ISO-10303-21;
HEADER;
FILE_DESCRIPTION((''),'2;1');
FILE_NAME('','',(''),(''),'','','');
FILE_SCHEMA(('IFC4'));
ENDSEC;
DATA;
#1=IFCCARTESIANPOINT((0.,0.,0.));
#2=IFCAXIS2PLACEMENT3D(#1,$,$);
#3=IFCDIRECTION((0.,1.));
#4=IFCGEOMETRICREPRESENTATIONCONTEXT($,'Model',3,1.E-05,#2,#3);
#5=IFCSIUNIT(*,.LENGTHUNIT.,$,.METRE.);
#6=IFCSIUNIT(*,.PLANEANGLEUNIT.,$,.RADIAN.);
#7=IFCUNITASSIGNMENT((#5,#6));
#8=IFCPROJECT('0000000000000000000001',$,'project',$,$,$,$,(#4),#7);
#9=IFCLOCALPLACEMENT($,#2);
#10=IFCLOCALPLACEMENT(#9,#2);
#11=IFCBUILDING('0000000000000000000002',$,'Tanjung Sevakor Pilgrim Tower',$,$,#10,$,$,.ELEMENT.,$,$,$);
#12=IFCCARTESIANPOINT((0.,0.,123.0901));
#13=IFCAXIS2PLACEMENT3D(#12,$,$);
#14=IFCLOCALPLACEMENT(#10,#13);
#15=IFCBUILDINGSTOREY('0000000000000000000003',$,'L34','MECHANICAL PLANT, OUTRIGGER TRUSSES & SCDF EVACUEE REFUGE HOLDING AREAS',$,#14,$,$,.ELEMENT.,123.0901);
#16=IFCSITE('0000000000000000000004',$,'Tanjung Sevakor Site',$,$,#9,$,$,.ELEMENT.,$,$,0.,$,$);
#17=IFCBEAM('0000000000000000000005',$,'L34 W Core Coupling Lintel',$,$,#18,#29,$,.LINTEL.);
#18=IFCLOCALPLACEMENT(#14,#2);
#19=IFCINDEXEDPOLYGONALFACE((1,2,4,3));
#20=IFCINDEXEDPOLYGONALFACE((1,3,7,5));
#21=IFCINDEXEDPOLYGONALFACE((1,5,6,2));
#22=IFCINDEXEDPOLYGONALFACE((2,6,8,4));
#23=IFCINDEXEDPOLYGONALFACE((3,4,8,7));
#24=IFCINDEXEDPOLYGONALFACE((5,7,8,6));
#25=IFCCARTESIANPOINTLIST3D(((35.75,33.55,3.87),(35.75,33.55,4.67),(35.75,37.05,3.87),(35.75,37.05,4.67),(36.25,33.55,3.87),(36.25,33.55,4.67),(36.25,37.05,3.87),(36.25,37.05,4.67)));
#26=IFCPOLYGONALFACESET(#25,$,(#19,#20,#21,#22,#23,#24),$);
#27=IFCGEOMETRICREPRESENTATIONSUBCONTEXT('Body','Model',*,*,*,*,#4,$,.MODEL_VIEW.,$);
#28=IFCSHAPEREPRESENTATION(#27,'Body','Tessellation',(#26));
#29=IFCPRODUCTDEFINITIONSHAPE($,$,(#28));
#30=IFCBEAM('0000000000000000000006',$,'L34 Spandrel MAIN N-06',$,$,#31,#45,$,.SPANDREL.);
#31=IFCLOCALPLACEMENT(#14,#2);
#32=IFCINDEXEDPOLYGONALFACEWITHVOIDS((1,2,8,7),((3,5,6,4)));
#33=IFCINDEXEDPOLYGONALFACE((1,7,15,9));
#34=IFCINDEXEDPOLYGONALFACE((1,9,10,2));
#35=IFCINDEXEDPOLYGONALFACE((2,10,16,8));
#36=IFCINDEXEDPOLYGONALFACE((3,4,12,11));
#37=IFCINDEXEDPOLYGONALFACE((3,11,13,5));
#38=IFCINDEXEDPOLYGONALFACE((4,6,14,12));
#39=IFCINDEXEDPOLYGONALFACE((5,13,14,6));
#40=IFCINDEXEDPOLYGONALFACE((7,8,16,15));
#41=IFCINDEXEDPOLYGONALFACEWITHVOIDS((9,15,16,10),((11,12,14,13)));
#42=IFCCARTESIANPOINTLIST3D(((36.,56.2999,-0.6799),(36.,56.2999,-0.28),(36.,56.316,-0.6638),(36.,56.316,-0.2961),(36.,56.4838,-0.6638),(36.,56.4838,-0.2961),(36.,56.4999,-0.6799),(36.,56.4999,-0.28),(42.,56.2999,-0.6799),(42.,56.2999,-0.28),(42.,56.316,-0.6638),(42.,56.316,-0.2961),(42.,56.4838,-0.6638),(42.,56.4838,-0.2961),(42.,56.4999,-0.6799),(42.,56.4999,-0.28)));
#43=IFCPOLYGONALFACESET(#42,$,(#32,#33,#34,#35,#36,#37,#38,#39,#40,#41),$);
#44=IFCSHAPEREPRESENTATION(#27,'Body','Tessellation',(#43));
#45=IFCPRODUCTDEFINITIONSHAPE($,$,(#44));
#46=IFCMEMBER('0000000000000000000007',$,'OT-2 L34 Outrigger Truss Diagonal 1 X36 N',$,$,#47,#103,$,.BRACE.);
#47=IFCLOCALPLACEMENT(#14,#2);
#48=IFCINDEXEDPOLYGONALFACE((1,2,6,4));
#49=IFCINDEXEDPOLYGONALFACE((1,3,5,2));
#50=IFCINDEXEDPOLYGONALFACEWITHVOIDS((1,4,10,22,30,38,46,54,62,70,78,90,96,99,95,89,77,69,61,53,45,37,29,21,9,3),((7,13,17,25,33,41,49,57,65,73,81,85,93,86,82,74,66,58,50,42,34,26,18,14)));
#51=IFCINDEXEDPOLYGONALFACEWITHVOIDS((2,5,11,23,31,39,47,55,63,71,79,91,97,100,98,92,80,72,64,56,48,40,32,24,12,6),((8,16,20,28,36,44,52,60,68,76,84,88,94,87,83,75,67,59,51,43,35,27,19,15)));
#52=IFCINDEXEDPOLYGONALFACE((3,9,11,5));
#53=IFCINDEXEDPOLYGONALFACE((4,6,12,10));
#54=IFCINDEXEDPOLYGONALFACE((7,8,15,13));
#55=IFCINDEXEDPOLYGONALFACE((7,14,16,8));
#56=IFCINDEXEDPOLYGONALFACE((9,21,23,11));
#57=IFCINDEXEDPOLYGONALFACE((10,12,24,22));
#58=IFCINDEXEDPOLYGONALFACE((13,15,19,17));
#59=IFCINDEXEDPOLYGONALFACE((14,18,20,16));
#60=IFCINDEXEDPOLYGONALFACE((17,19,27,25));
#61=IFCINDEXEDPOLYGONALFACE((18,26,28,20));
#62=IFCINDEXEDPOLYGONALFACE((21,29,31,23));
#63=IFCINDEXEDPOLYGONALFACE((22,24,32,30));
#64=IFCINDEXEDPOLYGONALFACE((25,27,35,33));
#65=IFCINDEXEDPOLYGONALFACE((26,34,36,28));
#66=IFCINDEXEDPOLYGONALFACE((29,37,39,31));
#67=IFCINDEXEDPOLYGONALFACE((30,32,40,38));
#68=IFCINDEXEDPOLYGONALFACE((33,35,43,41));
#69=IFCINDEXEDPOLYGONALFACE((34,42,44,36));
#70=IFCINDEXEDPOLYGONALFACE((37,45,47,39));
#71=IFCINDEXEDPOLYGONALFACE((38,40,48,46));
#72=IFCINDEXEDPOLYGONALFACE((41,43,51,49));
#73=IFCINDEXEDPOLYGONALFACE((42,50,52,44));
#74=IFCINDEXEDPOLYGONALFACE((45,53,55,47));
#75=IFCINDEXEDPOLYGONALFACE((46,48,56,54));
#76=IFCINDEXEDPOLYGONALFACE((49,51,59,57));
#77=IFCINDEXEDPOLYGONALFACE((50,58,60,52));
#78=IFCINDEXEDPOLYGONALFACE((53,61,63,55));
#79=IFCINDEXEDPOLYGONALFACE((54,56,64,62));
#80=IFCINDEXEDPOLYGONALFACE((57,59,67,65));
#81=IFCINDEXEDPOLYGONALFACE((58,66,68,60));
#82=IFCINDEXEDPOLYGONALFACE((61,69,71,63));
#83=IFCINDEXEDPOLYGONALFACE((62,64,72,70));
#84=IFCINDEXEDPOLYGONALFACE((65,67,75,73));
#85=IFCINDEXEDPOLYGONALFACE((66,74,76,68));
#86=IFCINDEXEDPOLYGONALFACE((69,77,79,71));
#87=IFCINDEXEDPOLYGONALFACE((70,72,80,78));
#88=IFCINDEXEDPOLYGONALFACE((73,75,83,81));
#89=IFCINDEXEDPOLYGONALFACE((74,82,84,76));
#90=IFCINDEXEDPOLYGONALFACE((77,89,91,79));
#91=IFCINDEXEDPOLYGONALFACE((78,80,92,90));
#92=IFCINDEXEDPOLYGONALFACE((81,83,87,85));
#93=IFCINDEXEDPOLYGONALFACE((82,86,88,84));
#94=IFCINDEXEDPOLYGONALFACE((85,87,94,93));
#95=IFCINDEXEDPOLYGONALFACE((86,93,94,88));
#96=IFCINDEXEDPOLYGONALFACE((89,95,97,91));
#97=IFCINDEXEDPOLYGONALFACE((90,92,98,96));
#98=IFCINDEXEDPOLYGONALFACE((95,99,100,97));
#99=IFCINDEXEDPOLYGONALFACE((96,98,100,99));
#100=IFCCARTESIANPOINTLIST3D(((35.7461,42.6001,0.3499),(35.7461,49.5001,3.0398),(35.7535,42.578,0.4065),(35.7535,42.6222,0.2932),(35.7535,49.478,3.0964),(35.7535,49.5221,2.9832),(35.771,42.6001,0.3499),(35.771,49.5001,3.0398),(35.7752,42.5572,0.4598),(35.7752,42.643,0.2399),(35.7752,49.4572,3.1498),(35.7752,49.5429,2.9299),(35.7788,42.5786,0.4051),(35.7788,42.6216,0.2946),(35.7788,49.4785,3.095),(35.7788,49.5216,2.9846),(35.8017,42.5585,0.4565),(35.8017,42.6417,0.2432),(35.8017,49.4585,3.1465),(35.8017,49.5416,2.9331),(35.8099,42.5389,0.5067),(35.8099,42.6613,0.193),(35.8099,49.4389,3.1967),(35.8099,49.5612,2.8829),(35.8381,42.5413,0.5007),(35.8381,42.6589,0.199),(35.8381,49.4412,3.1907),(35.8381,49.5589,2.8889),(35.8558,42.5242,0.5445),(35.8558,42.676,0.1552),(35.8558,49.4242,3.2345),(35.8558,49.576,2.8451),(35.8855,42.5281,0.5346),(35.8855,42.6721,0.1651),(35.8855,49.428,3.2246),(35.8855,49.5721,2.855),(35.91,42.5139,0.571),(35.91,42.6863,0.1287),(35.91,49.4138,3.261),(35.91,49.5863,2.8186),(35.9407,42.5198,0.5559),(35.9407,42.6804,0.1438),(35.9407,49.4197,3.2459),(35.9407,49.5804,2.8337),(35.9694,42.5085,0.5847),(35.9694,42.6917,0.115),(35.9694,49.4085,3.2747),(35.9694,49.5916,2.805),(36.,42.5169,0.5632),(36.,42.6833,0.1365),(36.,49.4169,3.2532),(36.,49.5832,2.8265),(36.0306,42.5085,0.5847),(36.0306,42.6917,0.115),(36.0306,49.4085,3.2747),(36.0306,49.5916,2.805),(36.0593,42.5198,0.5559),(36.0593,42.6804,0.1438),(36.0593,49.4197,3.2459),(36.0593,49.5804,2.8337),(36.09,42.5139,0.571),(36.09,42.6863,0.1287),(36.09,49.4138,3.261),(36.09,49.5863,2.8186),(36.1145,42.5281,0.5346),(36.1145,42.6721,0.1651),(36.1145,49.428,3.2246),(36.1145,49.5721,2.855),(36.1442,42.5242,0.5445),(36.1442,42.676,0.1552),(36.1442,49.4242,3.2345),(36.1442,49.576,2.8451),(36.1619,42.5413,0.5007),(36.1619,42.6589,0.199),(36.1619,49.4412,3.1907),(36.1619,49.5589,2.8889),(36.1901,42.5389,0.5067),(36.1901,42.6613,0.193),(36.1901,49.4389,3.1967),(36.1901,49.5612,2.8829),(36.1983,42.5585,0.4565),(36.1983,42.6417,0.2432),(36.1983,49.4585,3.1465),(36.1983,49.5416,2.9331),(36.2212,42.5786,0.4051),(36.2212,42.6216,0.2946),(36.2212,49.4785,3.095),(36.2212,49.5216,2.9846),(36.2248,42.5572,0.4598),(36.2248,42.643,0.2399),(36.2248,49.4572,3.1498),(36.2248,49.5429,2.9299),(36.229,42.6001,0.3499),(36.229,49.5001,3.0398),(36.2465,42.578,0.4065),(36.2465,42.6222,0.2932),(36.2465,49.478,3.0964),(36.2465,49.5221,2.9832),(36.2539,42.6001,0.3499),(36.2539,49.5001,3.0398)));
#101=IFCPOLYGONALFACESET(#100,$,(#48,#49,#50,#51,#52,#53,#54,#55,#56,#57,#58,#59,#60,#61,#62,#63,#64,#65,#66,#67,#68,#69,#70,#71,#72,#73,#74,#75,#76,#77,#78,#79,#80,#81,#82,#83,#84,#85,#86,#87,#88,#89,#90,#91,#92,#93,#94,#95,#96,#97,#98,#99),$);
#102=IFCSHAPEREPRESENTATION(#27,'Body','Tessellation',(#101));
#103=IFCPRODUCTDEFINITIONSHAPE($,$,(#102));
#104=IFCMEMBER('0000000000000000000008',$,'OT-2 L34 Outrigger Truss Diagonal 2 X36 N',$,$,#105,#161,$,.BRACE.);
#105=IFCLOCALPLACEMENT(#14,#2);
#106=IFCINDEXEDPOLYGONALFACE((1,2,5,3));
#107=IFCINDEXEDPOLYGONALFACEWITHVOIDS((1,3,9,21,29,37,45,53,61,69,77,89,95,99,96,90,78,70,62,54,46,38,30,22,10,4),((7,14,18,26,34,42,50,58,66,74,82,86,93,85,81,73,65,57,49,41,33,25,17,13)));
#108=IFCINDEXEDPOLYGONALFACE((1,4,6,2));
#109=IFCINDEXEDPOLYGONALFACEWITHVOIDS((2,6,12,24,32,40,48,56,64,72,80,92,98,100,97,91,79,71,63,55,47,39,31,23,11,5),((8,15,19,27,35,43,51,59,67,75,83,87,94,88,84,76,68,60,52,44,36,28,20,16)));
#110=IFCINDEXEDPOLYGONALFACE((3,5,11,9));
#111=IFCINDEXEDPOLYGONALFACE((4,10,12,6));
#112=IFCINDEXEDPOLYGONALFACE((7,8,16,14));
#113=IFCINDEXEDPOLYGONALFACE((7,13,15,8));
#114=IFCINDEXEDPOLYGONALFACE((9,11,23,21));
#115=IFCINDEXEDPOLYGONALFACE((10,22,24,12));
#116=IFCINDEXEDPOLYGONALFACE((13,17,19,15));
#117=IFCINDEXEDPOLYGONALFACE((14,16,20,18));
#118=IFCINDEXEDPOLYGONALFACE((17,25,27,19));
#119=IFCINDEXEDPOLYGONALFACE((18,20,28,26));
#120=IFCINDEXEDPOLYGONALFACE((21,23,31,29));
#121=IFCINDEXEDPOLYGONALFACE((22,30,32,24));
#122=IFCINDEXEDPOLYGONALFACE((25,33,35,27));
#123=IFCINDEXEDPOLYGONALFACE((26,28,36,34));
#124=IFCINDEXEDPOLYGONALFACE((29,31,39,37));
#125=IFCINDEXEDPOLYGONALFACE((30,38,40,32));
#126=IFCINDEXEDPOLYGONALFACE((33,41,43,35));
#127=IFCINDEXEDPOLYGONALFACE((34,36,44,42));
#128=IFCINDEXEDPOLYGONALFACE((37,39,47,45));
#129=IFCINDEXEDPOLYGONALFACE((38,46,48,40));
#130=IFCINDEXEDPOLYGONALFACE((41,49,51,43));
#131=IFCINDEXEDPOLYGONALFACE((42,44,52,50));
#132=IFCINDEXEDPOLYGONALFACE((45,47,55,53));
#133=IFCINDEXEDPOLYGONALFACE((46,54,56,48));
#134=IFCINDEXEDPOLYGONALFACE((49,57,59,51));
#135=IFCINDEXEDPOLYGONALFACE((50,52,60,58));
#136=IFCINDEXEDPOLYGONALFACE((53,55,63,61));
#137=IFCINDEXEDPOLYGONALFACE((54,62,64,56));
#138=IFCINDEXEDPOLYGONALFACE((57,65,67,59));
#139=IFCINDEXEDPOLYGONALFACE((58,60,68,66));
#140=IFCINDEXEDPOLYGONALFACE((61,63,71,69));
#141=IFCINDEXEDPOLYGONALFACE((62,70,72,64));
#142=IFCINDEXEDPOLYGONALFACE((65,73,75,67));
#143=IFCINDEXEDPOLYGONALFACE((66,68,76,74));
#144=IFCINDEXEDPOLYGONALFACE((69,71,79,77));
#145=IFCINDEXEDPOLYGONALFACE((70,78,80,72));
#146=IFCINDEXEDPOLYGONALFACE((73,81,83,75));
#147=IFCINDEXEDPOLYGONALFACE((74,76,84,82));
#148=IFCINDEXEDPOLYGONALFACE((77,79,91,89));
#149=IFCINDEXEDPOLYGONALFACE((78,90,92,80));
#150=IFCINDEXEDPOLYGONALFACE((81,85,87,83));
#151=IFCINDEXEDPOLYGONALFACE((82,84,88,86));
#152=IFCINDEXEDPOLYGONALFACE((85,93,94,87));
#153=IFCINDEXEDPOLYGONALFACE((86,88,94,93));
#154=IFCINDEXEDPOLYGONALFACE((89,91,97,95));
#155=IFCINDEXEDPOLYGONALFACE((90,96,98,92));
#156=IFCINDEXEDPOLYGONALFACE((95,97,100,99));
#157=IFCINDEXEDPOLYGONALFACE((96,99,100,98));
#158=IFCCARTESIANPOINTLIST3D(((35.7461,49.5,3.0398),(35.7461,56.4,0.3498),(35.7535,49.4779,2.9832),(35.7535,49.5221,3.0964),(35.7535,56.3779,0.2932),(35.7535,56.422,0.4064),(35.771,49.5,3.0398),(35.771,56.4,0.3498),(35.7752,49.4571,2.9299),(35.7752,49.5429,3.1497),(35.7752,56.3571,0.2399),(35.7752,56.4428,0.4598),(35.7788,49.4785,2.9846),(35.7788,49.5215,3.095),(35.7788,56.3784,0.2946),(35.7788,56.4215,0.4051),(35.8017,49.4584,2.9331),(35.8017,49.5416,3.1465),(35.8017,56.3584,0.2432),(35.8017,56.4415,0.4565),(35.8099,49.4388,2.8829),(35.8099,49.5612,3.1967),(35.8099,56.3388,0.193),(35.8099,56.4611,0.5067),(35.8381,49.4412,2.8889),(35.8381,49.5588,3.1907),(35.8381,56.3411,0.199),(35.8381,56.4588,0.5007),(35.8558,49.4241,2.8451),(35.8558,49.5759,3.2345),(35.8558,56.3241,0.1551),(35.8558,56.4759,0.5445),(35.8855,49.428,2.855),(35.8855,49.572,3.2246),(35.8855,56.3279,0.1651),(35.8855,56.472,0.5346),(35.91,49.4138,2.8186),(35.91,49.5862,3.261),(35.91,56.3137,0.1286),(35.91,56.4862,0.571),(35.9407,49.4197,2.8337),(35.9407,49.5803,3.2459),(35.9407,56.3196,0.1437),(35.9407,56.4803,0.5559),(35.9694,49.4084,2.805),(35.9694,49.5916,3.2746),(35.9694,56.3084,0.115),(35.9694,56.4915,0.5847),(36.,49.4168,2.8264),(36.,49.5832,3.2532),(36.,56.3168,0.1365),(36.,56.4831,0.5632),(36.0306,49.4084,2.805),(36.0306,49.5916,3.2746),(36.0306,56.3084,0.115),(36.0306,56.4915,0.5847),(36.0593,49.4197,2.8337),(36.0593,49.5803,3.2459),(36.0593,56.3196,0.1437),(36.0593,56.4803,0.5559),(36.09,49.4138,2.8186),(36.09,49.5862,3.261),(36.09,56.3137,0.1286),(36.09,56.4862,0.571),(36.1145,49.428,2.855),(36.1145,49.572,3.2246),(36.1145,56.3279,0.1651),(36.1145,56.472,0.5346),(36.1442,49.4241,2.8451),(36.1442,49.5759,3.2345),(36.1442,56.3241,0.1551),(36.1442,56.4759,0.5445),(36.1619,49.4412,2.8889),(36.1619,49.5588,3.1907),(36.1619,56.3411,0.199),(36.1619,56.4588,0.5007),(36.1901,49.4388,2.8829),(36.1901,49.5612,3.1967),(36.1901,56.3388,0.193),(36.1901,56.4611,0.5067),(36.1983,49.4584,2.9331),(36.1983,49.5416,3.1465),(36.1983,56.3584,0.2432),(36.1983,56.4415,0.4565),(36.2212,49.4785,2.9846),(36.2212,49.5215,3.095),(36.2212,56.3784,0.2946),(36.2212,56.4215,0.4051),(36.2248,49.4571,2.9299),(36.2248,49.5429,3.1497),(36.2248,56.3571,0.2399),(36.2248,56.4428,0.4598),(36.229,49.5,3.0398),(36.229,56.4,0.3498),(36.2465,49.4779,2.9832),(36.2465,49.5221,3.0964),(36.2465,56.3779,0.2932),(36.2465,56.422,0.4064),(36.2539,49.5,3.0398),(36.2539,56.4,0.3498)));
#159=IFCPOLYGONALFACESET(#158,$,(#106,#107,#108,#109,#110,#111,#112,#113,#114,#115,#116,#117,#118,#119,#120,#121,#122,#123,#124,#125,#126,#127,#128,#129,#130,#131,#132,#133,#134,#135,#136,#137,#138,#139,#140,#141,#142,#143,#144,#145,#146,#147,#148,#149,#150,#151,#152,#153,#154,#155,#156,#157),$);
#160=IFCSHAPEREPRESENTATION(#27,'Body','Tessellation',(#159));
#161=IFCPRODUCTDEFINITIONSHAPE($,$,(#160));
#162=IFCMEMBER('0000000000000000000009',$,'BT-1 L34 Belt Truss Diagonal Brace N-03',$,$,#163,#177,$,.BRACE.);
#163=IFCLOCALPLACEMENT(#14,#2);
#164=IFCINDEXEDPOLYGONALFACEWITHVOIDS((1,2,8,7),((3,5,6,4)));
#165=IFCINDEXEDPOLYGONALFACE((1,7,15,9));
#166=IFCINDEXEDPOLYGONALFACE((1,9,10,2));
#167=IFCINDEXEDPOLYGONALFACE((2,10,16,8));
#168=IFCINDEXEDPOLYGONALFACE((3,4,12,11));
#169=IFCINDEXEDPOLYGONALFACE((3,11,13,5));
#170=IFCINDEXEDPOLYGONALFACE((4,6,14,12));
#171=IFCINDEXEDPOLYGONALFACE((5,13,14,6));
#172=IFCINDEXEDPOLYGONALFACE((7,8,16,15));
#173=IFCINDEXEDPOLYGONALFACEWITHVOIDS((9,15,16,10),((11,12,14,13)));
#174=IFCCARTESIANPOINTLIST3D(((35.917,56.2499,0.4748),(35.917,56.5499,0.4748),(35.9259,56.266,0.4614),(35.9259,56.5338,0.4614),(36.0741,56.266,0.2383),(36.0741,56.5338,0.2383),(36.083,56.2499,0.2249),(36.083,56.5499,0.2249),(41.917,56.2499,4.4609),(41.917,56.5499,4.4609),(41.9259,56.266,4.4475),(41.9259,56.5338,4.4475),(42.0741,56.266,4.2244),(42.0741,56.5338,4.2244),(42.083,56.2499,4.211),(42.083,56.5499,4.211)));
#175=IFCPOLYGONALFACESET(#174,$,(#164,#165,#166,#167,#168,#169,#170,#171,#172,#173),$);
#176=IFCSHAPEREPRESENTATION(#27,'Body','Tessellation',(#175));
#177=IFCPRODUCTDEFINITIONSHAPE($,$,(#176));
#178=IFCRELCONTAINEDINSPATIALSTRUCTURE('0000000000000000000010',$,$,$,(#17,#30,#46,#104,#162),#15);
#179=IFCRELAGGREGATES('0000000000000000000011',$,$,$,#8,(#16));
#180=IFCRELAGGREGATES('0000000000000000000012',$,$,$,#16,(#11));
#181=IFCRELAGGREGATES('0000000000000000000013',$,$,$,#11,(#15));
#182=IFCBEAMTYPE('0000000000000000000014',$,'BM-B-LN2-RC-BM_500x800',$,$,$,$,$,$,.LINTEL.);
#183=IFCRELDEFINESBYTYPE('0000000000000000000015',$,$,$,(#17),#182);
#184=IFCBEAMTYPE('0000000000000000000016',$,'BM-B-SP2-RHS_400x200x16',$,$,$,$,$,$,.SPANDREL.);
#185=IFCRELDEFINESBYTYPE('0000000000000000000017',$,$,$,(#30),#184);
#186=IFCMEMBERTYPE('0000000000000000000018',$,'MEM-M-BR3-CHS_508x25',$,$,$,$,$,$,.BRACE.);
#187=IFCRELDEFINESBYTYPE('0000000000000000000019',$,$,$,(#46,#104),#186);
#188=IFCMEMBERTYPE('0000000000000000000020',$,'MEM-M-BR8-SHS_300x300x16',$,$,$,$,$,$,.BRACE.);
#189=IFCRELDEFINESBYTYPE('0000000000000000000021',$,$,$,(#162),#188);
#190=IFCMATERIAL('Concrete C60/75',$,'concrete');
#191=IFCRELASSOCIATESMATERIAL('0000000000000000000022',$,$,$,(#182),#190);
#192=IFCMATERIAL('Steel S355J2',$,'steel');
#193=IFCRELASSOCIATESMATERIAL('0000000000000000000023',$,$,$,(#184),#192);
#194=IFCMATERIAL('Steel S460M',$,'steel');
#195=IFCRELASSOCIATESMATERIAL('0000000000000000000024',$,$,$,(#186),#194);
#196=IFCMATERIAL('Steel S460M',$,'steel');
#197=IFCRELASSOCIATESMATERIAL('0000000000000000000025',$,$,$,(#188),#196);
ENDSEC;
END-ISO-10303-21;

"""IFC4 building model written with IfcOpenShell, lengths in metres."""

from ifc_helpers import new_model, si_unit, direction, frame, origin, origin_2d, place, context, subcontext, project, spatial, rectangle, hollow_rectangle, hollow_circle, extrude, material, material_profile, profile_set, type_object, element, save


model = new_model("IFC4")

# Units and contexts
model_context = context("Model", 3, precision=1e-05, world=origin(), true_north=direction((0.0, 1.0)))
body_context = subcontext(model_context, "Body", "Model", "MODEL_VIEW")
ifc_project = project(units=[si_unit("LENGTHUNIT", "METRE"), si_unit("PLANEANGLEUNIT", "RADIAN")], contexts=[model_context])

# Site, building, storey
site_placement = place(None, origin())
site = spatial("IfcSite", under=ifc_project, at=site_placement, Name="Tanjung Sevakor Site", CompositionType="ELEMENT", RefElevation=0.0)
building_placement = place(site_placement, origin())
building = spatial("IfcBuilding", under=site, at=building_placement, Name="Tanjung Sevakor Pilgrim Tower", CompositionType="ELEMENT")
storey_placement = place(building_placement, frame((0.0, 0.0, 123.0901)))
storey = spatial("IfcBuildingStorey", under=building, at=storey_placement, Name="L34", Description="MECHANICAL PLANT, OUTRIGGER TRUSSES & SCDF EVACUEE REFUGE HOLDING AREAS", CompositionType="ELEMENT", Elevation=123.0901)

# Beams
ifc_material_1 = material(Name="Concrete C60/75", Category="concrete")
ifc_material_profile_1 = material_profile(ifc_material_1, rectangle(XDim=0.5, YDim=0.8, at=origin_2d()))
ifc_profile_set_1 = profile_set([ifc_material_profile_1], Name="Concrete C60/75")
beam_type_1 = type_object("IfcBeamType", Name="BM-B-LN2-RC-BM_500x800", PredefinedType="LINTEL", material=ifc_profile_set_1)
beam_1_placement = place(storey_placement, frame((36.0, 33.55, 4.27), z_axis=(0.0, 1.0, 0.0), x_axis=(-1.0, 0.0, 0.0)))
element("IfcBeam", 1, at=beam_1_placement, inside=storey, type_object=beam_type_1, Name="L34 W Core Coupling Lintel", PredefinedType="LINTEL", context=body_context, shape_type="SweptSolid", body=[
    extrude(rectangle(XDim=0.5, YDim=0.8, at=origin_2d()), origin(), (0.0, 0.0, 1.0), 3.5),
])
ifc_material_2 = material(Name="Steel S355J2", Category="steel")
ifc_material_profile_2 = material_profile(ifc_material_2, hollow_rectangle(XDim=0.2, YDim=0.3999, WallThickness=0.0161, at=origin_2d()))
ifc_profile_set_2 = profile_set([ifc_material_profile_2], Name="Steel S355J2")
beam_type_2 = type_object("IfcBeamType", Name="BM-B-SP2-RHS_400x200x16", PredefinedType="SPANDREL", material=ifc_profile_set_2)
beam_2_placement = place(storey_placement, frame((36.0, 56.3999, -0.48), z_axis=(1.0, 0.0, 0.0), x_axis=(0.0, 1.0, 0.0)))
element("IfcBeam", 2, at=beam_2_placement, inside=storey, type_object=beam_type_2, Name="L34 Spandrel MAIN N-06", PredefinedType="SPANDREL", context=body_context, shape_type="SweptSolid", body=[
    extrude(hollow_rectangle(XDim=0.2, YDim=0.3999, WallThickness=0.0161, at=origin_2d()), origin(), (0.0, 0.0, 1.0), 6.0),
])

# Members
ifc_material_3 = material(Name="Steel S460M", Category="steel")
ifc_material_profile_3 = material_profile(ifc_material_3, hollow_circle(Radius=0.2539, WallThickness=0.0249, at=origin_2d()))
ifc_profile_set_3 = profile_set([ifc_material_profile_3], Name="Steel S460M")
member_type_1 = type_object("IfcMemberType", Name="MEM-M-BR3-CHS_508x25", PredefinedType="BRACE", material=ifc_profile_set_3)
for number, where, z_axis, x_axis, name in (
    (3, (36.0, 42.6001, 0.3499), (0.0, 0.931701, 0.363226), (-1.0, 0.0, 0.0), "OT-2 L34 Outrigger Truss Diagonal 1 X36 N"),
    (4, (36.0, 49.5, 3.0398), (0.0, 0.931701, -0.363226), (-1.0, 0.0, 0.0), "OT-2 L34 Outrigger Truss Diagonal 2 X36 N"),
):
    element("IfcMember", number, at=place(storey_placement, frame(where, z_axis=z_axis, x_axis=x_axis)), inside=storey, type_object=member_type_1, Name=name, PredefinedType="BRACE", context=body_context, shape_type="SweptSolid", body=[
        extrude(hollow_circle(Radius=0.2539, WallThickness=0.0249, at=origin_2d()), origin(), (0.0, 0.0, 1.0), 7.4058),
    ])
ifc_material_4 = material(Name="Steel S460M", Category="steel")
ifc_material_profile_4 = material_profile(ifc_material_4, hollow_rectangle(XDim=0.3, YDim=0.3, WallThickness=0.0161, at=origin_2d()))
ifc_profile_set_4 = profile_set([ifc_material_profile_4], Name="Steel S460M")
member_type_2 = type_object("IfcMemberType", Name="MEM-M-BR8-SHS_300x300x16", PredefinedType="BRACE", material=ifc_profile_set_4)
member_1_placement = place(storey_placement, frame((36.0, 56.3999, 0.3499), z_axis=(0.832941, 0.0, 0.553362), x_axis=(0.0, 1.0, 0.0)))
element("IfcMember", 5, at=member_1_placement, inside=storey, type_object=member_type_2, Name="BT-1 L34 Belt Truss Diagonal Brace N-03", PredefinedType="BRACE", context=body_context, shape_type="SweptSolid", body=[
    extrude(hollow_rectangle(XDim=0.3, YDim=0.3, WallThickness=0.0161, at=origin_2d()), origin(), (0.0, 0.0, 1.0), 7.2034),
])

save(model, "model.ifc")
